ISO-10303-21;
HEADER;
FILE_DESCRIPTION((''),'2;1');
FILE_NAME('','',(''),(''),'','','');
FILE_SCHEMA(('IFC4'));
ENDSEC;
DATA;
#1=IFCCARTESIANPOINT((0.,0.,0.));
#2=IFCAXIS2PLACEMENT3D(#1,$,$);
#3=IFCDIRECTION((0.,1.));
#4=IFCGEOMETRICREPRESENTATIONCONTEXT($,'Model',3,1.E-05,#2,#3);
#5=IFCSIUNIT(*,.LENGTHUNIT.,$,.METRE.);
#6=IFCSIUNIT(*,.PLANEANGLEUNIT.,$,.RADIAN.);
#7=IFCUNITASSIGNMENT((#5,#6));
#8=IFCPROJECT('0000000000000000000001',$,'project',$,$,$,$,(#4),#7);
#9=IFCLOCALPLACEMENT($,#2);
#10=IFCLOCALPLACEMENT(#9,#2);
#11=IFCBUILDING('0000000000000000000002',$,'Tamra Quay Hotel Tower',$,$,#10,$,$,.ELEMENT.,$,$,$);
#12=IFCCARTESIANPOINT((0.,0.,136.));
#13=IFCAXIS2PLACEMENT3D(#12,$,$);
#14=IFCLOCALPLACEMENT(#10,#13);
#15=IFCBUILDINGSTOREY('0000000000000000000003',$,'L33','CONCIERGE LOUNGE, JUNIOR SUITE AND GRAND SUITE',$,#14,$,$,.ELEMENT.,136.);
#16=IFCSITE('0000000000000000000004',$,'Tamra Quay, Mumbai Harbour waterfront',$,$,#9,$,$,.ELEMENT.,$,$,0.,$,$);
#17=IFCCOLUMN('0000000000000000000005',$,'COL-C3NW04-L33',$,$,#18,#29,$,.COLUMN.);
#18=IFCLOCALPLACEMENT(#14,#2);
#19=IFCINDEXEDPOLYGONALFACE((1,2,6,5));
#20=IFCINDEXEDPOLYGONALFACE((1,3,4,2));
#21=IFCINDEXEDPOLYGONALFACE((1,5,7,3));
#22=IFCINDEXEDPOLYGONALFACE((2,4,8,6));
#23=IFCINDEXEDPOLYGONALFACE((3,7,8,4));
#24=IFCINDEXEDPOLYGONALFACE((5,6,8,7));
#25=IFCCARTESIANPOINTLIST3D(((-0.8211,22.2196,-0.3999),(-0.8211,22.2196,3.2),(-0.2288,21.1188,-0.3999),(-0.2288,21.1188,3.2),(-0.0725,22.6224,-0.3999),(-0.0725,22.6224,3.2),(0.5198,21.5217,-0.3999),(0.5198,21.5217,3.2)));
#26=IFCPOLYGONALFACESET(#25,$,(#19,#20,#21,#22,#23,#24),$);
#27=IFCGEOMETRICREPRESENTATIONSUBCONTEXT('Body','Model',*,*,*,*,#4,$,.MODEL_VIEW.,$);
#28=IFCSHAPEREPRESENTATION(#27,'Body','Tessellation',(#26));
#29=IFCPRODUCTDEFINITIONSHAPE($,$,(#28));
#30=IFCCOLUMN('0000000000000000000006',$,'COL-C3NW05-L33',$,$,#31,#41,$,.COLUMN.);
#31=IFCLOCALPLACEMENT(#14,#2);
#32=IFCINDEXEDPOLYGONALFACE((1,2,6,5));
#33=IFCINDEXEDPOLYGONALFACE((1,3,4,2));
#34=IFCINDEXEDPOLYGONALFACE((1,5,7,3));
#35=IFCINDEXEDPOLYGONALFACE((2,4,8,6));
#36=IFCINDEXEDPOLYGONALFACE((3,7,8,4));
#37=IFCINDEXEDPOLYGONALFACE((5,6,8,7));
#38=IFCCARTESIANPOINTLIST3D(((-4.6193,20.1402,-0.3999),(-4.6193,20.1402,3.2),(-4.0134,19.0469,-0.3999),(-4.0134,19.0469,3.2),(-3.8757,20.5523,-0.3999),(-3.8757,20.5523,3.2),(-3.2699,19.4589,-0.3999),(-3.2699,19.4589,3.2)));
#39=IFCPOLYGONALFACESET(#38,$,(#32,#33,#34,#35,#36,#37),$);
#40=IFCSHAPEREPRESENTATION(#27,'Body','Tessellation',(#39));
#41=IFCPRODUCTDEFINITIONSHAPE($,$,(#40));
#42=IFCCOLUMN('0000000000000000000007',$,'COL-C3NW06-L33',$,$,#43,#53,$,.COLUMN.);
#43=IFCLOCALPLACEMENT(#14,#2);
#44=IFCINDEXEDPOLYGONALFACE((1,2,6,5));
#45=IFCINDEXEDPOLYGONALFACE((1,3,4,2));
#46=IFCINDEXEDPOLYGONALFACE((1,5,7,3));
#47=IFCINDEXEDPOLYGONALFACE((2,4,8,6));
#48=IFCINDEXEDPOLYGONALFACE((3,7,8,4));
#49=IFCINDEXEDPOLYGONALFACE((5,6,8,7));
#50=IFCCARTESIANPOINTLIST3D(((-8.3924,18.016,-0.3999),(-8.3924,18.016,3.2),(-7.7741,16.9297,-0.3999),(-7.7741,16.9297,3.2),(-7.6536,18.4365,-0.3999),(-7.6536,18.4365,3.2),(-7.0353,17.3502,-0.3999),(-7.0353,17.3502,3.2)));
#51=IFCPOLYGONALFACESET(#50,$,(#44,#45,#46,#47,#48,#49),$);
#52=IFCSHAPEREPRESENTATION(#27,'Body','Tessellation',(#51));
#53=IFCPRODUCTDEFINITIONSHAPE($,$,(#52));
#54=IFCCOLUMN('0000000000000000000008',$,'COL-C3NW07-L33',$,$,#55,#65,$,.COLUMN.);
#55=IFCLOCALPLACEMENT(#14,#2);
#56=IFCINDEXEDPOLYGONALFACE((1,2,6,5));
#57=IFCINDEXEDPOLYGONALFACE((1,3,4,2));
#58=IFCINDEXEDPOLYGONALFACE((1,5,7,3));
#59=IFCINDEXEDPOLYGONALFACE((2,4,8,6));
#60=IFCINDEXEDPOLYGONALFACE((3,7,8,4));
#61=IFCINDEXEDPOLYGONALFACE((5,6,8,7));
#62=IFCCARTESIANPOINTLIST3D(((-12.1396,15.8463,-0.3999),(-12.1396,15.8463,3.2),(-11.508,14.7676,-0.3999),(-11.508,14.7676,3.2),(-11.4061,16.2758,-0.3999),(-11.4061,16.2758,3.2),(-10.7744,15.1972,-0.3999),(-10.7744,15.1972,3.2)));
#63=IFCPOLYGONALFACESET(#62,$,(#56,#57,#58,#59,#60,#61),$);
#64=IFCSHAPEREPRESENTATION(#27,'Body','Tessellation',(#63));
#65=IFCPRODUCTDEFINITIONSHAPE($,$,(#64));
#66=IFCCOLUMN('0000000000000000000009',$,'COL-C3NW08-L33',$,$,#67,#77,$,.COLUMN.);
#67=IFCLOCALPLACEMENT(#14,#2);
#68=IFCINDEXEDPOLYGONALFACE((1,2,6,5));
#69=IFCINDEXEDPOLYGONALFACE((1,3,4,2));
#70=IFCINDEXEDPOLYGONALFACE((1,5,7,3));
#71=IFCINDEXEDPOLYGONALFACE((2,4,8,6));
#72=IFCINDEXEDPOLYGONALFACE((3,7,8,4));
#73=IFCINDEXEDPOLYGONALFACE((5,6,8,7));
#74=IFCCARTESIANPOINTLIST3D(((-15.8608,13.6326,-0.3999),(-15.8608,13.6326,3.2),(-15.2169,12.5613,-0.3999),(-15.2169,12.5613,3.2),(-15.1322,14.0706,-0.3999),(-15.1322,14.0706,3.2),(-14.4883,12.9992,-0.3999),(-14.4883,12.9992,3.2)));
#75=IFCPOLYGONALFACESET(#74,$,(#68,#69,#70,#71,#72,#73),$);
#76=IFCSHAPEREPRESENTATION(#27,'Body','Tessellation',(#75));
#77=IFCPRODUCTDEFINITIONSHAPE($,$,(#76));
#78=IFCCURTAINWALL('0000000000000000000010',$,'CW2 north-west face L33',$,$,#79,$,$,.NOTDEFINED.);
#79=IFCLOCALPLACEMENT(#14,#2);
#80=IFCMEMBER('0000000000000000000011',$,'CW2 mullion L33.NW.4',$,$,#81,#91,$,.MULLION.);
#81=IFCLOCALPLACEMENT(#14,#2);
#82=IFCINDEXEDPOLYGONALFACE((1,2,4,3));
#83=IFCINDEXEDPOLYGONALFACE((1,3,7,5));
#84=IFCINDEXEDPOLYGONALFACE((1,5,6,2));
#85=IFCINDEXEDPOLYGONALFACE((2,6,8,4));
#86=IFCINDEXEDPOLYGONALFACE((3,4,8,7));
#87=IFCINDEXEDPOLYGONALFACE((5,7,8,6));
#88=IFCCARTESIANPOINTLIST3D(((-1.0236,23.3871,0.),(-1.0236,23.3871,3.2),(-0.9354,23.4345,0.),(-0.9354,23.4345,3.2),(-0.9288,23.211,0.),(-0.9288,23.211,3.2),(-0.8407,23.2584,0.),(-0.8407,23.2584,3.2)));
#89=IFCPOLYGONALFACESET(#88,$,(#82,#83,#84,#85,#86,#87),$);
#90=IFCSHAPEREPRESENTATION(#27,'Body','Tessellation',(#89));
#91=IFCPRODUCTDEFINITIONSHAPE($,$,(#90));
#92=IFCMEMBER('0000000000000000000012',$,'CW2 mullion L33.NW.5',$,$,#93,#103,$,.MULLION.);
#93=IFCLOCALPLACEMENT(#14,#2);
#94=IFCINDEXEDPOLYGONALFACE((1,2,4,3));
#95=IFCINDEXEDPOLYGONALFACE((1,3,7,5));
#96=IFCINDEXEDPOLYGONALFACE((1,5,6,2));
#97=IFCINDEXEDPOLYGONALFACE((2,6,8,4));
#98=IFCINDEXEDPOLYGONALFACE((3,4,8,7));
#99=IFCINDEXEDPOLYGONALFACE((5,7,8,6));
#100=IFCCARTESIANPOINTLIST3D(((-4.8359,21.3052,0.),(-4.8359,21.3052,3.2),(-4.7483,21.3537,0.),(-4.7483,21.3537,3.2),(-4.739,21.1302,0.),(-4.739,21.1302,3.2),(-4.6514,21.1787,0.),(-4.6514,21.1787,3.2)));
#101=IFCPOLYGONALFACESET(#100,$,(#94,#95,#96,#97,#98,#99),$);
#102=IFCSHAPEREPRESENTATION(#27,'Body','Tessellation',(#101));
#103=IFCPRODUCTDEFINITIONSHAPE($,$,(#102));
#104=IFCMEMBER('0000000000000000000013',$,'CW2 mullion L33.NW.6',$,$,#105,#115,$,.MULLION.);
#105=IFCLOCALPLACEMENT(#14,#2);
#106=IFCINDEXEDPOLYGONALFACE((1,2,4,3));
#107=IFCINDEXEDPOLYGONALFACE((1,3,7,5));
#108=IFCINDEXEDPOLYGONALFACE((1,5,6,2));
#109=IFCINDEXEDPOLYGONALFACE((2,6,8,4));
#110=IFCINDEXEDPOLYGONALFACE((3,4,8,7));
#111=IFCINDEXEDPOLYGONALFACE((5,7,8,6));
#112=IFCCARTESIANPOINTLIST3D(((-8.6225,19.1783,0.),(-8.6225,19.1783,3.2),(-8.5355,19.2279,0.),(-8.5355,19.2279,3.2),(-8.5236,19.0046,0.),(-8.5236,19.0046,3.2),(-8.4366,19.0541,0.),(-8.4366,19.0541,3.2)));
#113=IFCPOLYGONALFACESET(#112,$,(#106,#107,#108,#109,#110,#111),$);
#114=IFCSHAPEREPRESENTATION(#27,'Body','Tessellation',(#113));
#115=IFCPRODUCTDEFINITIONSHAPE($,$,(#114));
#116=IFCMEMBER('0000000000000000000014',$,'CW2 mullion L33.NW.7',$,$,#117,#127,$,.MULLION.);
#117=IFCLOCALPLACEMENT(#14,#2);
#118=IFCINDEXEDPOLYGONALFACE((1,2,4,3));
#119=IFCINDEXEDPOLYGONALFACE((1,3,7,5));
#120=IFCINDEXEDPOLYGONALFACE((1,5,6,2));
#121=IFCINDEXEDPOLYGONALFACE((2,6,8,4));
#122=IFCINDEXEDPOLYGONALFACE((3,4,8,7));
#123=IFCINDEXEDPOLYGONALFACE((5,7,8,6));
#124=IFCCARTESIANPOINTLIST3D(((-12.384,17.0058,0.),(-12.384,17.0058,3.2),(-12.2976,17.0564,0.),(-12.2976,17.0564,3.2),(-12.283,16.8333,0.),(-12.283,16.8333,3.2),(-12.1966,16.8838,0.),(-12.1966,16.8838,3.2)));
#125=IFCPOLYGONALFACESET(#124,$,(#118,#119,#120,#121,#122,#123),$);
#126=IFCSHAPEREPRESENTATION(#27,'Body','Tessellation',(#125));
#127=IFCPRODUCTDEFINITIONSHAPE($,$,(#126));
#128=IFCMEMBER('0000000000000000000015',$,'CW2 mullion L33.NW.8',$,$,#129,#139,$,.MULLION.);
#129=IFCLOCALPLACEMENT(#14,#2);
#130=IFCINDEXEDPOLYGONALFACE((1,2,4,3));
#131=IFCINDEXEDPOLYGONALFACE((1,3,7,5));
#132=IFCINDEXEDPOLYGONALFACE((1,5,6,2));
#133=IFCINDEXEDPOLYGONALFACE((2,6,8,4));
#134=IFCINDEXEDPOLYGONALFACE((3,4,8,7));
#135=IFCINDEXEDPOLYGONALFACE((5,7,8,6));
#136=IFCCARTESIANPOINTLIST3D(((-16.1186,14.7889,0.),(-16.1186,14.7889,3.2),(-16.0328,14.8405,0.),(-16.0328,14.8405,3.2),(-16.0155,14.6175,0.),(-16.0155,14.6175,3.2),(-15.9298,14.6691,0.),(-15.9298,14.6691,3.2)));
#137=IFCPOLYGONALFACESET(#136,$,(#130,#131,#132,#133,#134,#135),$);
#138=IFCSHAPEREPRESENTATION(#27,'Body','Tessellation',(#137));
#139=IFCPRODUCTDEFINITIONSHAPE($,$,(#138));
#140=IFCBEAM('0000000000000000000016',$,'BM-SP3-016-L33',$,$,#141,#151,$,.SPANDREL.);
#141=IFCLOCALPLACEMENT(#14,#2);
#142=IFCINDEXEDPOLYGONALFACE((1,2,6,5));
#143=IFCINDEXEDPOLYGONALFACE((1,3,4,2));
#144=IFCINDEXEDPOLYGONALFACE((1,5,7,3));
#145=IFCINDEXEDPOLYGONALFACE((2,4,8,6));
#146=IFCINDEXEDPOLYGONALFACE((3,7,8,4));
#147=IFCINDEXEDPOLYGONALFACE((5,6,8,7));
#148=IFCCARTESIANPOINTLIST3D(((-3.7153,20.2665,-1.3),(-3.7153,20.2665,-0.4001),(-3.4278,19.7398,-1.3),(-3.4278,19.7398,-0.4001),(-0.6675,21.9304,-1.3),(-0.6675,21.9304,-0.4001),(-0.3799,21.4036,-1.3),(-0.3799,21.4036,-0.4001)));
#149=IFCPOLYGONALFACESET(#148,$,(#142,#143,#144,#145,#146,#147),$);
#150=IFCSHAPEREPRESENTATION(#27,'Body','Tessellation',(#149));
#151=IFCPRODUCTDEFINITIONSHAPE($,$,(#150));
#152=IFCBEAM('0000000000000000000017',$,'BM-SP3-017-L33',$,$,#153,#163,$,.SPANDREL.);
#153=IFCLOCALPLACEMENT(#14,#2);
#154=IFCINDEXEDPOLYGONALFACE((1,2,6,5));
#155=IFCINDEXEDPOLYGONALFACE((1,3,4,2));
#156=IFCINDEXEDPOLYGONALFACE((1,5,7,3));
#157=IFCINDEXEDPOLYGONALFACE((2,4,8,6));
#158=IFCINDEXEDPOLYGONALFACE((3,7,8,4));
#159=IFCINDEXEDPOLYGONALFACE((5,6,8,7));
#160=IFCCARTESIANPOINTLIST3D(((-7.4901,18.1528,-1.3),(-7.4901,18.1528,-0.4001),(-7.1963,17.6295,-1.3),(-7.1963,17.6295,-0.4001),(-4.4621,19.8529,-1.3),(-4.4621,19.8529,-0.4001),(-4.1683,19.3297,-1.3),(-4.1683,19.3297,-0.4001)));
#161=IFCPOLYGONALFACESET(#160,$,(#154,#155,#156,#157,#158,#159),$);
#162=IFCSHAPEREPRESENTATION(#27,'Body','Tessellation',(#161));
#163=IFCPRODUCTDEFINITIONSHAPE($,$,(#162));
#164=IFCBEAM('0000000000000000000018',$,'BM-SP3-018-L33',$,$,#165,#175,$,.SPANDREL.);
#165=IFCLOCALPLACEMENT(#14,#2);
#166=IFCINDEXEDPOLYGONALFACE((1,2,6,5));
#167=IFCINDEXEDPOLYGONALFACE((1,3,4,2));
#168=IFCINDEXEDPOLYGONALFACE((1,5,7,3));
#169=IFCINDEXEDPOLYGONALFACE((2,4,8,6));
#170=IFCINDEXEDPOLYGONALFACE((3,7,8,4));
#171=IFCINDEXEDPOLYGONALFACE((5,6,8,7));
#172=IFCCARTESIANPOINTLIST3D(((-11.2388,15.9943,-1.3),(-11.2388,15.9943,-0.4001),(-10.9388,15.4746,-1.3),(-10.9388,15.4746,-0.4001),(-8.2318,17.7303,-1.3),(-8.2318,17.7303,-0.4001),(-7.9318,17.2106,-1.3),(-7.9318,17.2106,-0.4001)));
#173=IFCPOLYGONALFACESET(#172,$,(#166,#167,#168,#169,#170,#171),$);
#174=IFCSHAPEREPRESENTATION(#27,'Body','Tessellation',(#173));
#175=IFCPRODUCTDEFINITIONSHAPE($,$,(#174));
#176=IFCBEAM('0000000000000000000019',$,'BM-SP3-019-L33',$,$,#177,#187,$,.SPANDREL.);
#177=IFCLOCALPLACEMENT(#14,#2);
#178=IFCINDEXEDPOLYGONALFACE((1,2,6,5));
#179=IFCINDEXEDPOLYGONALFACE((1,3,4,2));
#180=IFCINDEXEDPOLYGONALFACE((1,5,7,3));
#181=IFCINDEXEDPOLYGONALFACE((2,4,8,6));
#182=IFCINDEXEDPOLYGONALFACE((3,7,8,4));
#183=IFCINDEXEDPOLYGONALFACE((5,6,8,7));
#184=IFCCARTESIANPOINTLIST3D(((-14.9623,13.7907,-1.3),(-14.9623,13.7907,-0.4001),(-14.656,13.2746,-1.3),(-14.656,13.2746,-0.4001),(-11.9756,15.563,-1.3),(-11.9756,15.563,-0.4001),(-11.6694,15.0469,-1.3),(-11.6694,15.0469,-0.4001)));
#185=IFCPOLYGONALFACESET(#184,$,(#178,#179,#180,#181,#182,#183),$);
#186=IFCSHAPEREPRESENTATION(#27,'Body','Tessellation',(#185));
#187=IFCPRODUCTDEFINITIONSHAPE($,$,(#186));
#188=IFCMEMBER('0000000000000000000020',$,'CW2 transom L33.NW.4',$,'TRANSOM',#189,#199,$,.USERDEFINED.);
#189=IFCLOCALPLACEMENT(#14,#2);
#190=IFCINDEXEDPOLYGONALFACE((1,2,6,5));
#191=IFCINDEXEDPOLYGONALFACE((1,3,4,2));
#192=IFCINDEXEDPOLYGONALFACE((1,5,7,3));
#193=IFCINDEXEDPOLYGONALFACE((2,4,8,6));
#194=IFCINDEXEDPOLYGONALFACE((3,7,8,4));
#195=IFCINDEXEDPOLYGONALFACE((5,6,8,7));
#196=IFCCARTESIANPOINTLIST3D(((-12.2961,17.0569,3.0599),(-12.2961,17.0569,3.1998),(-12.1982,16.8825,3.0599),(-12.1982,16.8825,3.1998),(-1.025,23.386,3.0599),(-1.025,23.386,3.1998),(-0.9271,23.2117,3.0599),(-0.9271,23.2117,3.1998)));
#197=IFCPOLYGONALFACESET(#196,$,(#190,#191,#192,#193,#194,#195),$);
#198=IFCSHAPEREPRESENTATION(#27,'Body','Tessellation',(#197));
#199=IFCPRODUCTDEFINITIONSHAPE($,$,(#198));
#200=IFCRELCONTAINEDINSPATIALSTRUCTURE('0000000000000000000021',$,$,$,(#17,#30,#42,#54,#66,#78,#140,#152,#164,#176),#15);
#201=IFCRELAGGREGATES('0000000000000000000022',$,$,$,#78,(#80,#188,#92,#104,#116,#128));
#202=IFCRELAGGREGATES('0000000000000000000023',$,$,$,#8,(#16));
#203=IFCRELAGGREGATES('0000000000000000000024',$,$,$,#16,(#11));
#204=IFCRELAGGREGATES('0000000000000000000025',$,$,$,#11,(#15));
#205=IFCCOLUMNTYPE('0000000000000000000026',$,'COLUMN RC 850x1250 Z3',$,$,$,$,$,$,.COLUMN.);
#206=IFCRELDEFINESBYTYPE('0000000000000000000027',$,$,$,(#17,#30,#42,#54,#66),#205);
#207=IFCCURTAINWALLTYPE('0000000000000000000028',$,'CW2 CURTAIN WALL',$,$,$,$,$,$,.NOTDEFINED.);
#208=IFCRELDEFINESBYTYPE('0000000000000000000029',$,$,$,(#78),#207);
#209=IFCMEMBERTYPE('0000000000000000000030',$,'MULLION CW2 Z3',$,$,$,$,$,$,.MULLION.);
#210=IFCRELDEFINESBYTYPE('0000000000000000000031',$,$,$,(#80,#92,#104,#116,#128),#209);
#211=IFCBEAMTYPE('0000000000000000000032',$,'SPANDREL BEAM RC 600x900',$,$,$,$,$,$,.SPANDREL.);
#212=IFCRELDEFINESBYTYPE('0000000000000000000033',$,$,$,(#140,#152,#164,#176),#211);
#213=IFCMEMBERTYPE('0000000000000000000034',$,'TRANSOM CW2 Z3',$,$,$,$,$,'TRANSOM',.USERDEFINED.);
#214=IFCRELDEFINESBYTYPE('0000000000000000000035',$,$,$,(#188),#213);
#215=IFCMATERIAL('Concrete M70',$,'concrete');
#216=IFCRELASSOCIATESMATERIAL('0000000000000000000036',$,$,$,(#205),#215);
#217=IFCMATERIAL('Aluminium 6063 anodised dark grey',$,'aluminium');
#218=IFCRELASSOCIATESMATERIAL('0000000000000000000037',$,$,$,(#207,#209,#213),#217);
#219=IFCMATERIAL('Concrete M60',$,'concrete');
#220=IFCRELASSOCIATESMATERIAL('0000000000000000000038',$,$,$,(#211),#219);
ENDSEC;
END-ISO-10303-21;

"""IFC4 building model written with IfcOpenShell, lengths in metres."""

from ifc_helpers import new_model, si_unit, direction, frame, origin, origin_2d, place, context, subcontext, project, spatial, rectangle, extrude, material, material_profile, profile_set, type_object, element, aggregate, save


model = new_model("IFC4")

# Units and contexts
model_context = context("Model", 3, precision=1e-05, world=origin(), true_north=direction((0.0, 1.0)))
body_context = subcontext(model_context, "Body", "Model", "MODEL_VIEW")
ifc_project = project(units=[si_unit("LENGTHUNIT", "METRE"), si_unit("PLANEANGLEUNIT", "RADIAN")], contexts=[model_context])

# Site, building, storey
site_placement = place(None, origin())
site = spatial("IfcSite", under=ifc_project, at=site_placement, Name="Tamra Quay, Mumbai Harbour waterfront", CompositionType="ELEMENT", RefElevation=0.0)
building_placement = place(site_placement, origin())
building = spatial("IfcBuilding", under=site, at=building_placement, Name="Tamra Quay Hotel Tower", CompositionType="ELEMENT")
storey_placement = place(building_placement, frame((0.0, 0.0, 136.0)))
storey = spatial("IfcBuildingStorey", under=building, at=storey_placement, Name="L33", Description="CONCIERGE LOUNGE, JUNIOR SUITE AND GRAND SUITE", CompositionType="ELEMENT", Elevation=136.0)

# Columns
ifc_material_1 = material(Name="Concrete M70", Category="concrete")
ifc_material_profile_1 = material_profile(ifc_material_1, rectangle(XDim=1.25, YDim=0.8501, at=origin_2d()), Name="COLUMN RC 850x1250 Z3")
ifc_profile_set_1 = profile_set([ifc_material_profile_1], Name="Concrete M70")
column_type = type_object("IfcColumnType", Name="COLUMN RC 850x1250 Z3", PredefinedType="COLUMN", material=ifc_profile_set_1)
for number, where, z_axis, x_axis, name in (
    (1, (-0.1506, 21.8706, -0.3999), (0.0, 0.0, 1.0), (-0.473876, 0.880592, 0.0), "COL-C3NW04-L33"),
    (2, (-3.9446, 19.7996, -0.3999), (0.0, 0.0, 1.0), (-0.484683, 0.87469, 0.0), "COL-C3NW05-L33"),
    (3, (-7.7139, 17.6831, -0.3999), (0.0, 0.0, 1.0), (-0.494656, 0.869089, 0.0), "COL-C3NW06-L33"),
    (4, (-11.457, 15.5217, -0.3999), (0.0, 0.0, 1.0), (-0.505325, 0.862929, 0.0), "COL-C3NW07-L33"),
    (5, (-15.1746, 13.3159, -0.3999), (0.0, 0.0, 1.0), (-0.515162, 0.857093, 0.0), "COL-C3NW08-L33"),
):
    element("IfcColumn", number, at=place(storey_placement, frame(where, z_axis=z_axis, x_axis=x_axis)), inside=storey, type_object=column_type, Name=name, PredefinedType="COLUMN", context=body_context, shape_type="SweptSolid", body=[
        extrude(rectangle(XDim=1.25, YDim=0.8501, at=origin_2d()), origin(), (0.0, 0.0, 1.0), 3.5999),
    ])

# Curtain wall, members
ifc_material_2 = material(Name="Aluminium 6063 anodised dark grey", Category="aluminium")
curtain_wall_type = type_object("IfcCurtainWallType", Name="CW2 CURTAIN WALL", PredefinedType="NOTDEFINED", material=ifc_material_2)
curtain_wall_placement = place(storey_placement, origin())
curtain_wall = element("IfcCurtainWall", 6, at=curtain_wall_placement, inside=storey, type_object=curtain_wall_type, Name="CW2 north-west face L33", PredefinedType="NOTDEFINED")
ifc_material_profile_2 = material_profile(ifc_material_2, rectangle(XDim=0.2, YDim=0.1001, at=origin_2d()), Name="MULLION 100X200")
ifc_profile_set_2 = profile_set([ifc_material_profile_2], Name="Aluminium 6063 anodised dark grey")
member_type_1 = type_object("IfcMemberType", Name="MULLION CW2 Z3", PredefinedType="MULLION", material=ifc_profile_set_2)
member_1_placement = place(storey_placement, frame((-0.9321, 23.3228, 0.0), z_axis=(0.0, 0.0, 1.0), x_axis=(-0.473908, 0.880574, 0.0)))
member_1 = element("IfcMember", 7, at=member_1_placement, type_object=member_type_1, Name="CW2 mullion L33.NW.4", PredefinedType="MULLION", context=body_context, shape_type="SweptSolid", body=[
    extrude(rectangle(XDim=0.2, YDim=0.1001, at=origin_2d()), origin(), (0.0, 0.0, 1.0), 3.2),
])
member_2_placement = place(storey_placement, frame((-4.7437, 21.2419, 0.0), z_axis=(0.0, 0.0, 1.0), x_axis=(-0.484394, 0.87485, 0.0)))
member_2 = element("IfcMember", 8, at=member_2_placement, type_object=member_type_1, Name="CW2 mullion L33.NW.5", PredefinedType="MULLION", context=body_context, shape_type="SweptSolid", body=[
    extrude(rectangle(XDim=0.2, YDim=0.1001, at=origin_2d()), origin(), (0.0, 0.0, 1.0), 3.2),
])
member_3_placement = place(storey_placement, frame((-8.5295, 19.1162, 0.0), z_axis=(0.0, 0.0, 1.0), x_axis=(-0.494813, 0.868999, 0.0)))
member_3 = element("IfcMember", 9, at=member_3_placement, type_object=member_type_1, Name="CW2 mullion L33.NW.6", PredefinedType="MULLION", context=body_context, shape_type="SweptSolid", body=[
    extrude(rectangle(XDim=0.2, YDim=0.1001, at=origin_2d()), origin(), (0.0, 0.0, 1.0), 3.2),
])
member_4_placement = place(storey_placement, frame((-12.2903, 16.9448, 0.0), z_axis=(0.0, 0.0, 1.0), x_axis=(-0.505169, 0.863021, 0.0)))
member_4 = element("IfcMember", 10, at=member_4_placement, type_object=member_type_1, Name="CW2 mullion L33.NW.7", PredefinedType="MULLION", context=body_context, shape_type="SweptSolid", body=[
    extrude(rectangle(XDim=0.2, YDim=0.1001, at=origin_2d()), origin(), (0.0, 0.0, 1.0), 3.2),
])
member_5_placement = place(storey_placement, frame((-16.0242, 14.729, 0.0), z_axis=(0.0, 0.0, 1.0), x_axis=(-0.515445, 0.856923, 0.0)))
member_5 = element("IfcMember", 11, at=member_5_placement, type_object=member_type_1, Name="CW2 mullion L33.NW.8", PredefinedType="MULLION", context=body_context, shape_type="SweptSolid", body=[
    extrude(rectangle(XDim=0.2, YDim=0.1001, at=origin_2d()), origin(), (0.0, 0.0, 1.0), 3.2),
])

# Beams
ifc_material_3 = material(Name="Concrete M60", Category="concrete")
ifc_material_profile_3 = material_profile(ifc_material_3, rectangle(XDim=0.6001, YDim=0.8999, at=origin_2d()), Name="SPANDREL BEAM RC 600x900")
ifc_profile_set_3 = profile_set([ifc_material_profile_3], Name="Concrete M60")
beam_type = type_object("IfcBeamType", Name="SPANDREL BEAM RC 600x900", PredefinedType="SPANDREL", material=ifc_profile_set_3)
beam_1_placement = place(storey_placement, frame((-0.5237, 21.667, -0.8501), z_axis=(-0.877732, -0.479153, 0.0), x_axis=(0.479153, -0.877732, 0.0)))
element("IfcBeam", 12, at=beam_1_placement, inside=storey, type_object=beam_type, Name="BM-SP3-016-L33", PredefinedType="SPANDREL", context=body_context, shape_type="SweptSolid", body=[
    extrude(rectangle(XDim=0.6001, YDim=0.8999, at=origin_2d()), origin(), (0.0, 0.0, 1.0), 3.4724),
])
beam_2_placement = place(storey_placement, frame((-4.3152, 19.5913, -0.8501), z_axis=(-0.871956, -0.489584, 0.0), x_axis=(0.489584, -0.871956, 0.0)))
element("IfcBeam", 13, at=beam_2_placement, inside=storey, type_object=beam_type, Name="BM-SP3-017-L33", PredefinedType="SPANDREL", context=body_context, shape_type="SweptSolid", body=[
    extrude(rectangle(XDim=0.6001, YDim=0.8999, at=origin_2d()), origin(), (0.0, 0.0, 1.0), 3.4727),
])
beam_3_placement = place(storey_placement, frame((-8.0818, 17.4705, -0.8501), z_axis=(-0.866032, -0.499988, 0.0), x_axis=(0.499988, -0.866032, 0.0)))
element("IfcBeam", 14, at=beam_3_placement, inside=storey, type_object=beam_type, Name="BM-SP3-018-L33", PredefinedType="SPANDREL", context=body_context, shape_type="SweptSolid", body=[
    extrude(rectangle(XDim=0.6001, YDim=0.8999, at=origin_2d()), origin(), (0.0, 0.0, 1.0), 3.4722),
])
beam_4_placement = place(storey_placement, frame((-11.8225, 15.3049, -0.8501), z_axis=(-0.859989, -0.510313, 0.0), x_axis=(0.510313, -0.859989, 0.0)))
element("IfcBeam", 15, at=beam_4_placement, inside=storey, type_object=beam_type, Name="BM-SP3-019-L33", PredefinedType="SPANDREL", context=body_context, shape_type="SweptSolid", body=[
    extrude(rectangle(XDim=0.6001, YDim=0.8999, at=origin_2d()), origin(), (0.0, 0.0, 1.0), 3.4729),
])

# Member
ifc_material_profile_4 = material_profile(ifc_material_2, rectangle(XDim=0.2, YDim=0.1399, at=origin_2d()), Name="TRANSOM 200X140")
ifc_profile_set_4 = profile_set([ifc_material_profile_4], Name="Aluminium 6063 anodised dark grey")
member_type_2 = type_object("IfcMemberType", Name="TRANSOM CW2 Z3", ElementType="TRANSOM", PredefinedType="USERDEFINED", material=ifc_profile_set_4)
member_6_placement = place(storey_placement, frame((-0.9761, 23.2988, 3.1299), z_axis=(-0.871933, -0.489624, 0.0), x_axis=(0.489624, -0.871933, 0.0)))
member_6 = element("IfcMember", 16, at=member_6_placement, type_object=member_type_2, Name="CW2 transom L33.NW.4", ObjectType="TRANSOM", PredefinedType="USERDEFINED", context=body_context, shape_type="SweptSolid", body=[
    extrude(rectangle(XDim=0.2, YDim=0.1399, at=origin_2d()), origin(), (0.0, 0.0, 1.0), 12.9265),
])

aggregate(curtain_wall, [member_1, member_6, member_2, member_3, member_4, member_5])

save(model, "model.ifc")
